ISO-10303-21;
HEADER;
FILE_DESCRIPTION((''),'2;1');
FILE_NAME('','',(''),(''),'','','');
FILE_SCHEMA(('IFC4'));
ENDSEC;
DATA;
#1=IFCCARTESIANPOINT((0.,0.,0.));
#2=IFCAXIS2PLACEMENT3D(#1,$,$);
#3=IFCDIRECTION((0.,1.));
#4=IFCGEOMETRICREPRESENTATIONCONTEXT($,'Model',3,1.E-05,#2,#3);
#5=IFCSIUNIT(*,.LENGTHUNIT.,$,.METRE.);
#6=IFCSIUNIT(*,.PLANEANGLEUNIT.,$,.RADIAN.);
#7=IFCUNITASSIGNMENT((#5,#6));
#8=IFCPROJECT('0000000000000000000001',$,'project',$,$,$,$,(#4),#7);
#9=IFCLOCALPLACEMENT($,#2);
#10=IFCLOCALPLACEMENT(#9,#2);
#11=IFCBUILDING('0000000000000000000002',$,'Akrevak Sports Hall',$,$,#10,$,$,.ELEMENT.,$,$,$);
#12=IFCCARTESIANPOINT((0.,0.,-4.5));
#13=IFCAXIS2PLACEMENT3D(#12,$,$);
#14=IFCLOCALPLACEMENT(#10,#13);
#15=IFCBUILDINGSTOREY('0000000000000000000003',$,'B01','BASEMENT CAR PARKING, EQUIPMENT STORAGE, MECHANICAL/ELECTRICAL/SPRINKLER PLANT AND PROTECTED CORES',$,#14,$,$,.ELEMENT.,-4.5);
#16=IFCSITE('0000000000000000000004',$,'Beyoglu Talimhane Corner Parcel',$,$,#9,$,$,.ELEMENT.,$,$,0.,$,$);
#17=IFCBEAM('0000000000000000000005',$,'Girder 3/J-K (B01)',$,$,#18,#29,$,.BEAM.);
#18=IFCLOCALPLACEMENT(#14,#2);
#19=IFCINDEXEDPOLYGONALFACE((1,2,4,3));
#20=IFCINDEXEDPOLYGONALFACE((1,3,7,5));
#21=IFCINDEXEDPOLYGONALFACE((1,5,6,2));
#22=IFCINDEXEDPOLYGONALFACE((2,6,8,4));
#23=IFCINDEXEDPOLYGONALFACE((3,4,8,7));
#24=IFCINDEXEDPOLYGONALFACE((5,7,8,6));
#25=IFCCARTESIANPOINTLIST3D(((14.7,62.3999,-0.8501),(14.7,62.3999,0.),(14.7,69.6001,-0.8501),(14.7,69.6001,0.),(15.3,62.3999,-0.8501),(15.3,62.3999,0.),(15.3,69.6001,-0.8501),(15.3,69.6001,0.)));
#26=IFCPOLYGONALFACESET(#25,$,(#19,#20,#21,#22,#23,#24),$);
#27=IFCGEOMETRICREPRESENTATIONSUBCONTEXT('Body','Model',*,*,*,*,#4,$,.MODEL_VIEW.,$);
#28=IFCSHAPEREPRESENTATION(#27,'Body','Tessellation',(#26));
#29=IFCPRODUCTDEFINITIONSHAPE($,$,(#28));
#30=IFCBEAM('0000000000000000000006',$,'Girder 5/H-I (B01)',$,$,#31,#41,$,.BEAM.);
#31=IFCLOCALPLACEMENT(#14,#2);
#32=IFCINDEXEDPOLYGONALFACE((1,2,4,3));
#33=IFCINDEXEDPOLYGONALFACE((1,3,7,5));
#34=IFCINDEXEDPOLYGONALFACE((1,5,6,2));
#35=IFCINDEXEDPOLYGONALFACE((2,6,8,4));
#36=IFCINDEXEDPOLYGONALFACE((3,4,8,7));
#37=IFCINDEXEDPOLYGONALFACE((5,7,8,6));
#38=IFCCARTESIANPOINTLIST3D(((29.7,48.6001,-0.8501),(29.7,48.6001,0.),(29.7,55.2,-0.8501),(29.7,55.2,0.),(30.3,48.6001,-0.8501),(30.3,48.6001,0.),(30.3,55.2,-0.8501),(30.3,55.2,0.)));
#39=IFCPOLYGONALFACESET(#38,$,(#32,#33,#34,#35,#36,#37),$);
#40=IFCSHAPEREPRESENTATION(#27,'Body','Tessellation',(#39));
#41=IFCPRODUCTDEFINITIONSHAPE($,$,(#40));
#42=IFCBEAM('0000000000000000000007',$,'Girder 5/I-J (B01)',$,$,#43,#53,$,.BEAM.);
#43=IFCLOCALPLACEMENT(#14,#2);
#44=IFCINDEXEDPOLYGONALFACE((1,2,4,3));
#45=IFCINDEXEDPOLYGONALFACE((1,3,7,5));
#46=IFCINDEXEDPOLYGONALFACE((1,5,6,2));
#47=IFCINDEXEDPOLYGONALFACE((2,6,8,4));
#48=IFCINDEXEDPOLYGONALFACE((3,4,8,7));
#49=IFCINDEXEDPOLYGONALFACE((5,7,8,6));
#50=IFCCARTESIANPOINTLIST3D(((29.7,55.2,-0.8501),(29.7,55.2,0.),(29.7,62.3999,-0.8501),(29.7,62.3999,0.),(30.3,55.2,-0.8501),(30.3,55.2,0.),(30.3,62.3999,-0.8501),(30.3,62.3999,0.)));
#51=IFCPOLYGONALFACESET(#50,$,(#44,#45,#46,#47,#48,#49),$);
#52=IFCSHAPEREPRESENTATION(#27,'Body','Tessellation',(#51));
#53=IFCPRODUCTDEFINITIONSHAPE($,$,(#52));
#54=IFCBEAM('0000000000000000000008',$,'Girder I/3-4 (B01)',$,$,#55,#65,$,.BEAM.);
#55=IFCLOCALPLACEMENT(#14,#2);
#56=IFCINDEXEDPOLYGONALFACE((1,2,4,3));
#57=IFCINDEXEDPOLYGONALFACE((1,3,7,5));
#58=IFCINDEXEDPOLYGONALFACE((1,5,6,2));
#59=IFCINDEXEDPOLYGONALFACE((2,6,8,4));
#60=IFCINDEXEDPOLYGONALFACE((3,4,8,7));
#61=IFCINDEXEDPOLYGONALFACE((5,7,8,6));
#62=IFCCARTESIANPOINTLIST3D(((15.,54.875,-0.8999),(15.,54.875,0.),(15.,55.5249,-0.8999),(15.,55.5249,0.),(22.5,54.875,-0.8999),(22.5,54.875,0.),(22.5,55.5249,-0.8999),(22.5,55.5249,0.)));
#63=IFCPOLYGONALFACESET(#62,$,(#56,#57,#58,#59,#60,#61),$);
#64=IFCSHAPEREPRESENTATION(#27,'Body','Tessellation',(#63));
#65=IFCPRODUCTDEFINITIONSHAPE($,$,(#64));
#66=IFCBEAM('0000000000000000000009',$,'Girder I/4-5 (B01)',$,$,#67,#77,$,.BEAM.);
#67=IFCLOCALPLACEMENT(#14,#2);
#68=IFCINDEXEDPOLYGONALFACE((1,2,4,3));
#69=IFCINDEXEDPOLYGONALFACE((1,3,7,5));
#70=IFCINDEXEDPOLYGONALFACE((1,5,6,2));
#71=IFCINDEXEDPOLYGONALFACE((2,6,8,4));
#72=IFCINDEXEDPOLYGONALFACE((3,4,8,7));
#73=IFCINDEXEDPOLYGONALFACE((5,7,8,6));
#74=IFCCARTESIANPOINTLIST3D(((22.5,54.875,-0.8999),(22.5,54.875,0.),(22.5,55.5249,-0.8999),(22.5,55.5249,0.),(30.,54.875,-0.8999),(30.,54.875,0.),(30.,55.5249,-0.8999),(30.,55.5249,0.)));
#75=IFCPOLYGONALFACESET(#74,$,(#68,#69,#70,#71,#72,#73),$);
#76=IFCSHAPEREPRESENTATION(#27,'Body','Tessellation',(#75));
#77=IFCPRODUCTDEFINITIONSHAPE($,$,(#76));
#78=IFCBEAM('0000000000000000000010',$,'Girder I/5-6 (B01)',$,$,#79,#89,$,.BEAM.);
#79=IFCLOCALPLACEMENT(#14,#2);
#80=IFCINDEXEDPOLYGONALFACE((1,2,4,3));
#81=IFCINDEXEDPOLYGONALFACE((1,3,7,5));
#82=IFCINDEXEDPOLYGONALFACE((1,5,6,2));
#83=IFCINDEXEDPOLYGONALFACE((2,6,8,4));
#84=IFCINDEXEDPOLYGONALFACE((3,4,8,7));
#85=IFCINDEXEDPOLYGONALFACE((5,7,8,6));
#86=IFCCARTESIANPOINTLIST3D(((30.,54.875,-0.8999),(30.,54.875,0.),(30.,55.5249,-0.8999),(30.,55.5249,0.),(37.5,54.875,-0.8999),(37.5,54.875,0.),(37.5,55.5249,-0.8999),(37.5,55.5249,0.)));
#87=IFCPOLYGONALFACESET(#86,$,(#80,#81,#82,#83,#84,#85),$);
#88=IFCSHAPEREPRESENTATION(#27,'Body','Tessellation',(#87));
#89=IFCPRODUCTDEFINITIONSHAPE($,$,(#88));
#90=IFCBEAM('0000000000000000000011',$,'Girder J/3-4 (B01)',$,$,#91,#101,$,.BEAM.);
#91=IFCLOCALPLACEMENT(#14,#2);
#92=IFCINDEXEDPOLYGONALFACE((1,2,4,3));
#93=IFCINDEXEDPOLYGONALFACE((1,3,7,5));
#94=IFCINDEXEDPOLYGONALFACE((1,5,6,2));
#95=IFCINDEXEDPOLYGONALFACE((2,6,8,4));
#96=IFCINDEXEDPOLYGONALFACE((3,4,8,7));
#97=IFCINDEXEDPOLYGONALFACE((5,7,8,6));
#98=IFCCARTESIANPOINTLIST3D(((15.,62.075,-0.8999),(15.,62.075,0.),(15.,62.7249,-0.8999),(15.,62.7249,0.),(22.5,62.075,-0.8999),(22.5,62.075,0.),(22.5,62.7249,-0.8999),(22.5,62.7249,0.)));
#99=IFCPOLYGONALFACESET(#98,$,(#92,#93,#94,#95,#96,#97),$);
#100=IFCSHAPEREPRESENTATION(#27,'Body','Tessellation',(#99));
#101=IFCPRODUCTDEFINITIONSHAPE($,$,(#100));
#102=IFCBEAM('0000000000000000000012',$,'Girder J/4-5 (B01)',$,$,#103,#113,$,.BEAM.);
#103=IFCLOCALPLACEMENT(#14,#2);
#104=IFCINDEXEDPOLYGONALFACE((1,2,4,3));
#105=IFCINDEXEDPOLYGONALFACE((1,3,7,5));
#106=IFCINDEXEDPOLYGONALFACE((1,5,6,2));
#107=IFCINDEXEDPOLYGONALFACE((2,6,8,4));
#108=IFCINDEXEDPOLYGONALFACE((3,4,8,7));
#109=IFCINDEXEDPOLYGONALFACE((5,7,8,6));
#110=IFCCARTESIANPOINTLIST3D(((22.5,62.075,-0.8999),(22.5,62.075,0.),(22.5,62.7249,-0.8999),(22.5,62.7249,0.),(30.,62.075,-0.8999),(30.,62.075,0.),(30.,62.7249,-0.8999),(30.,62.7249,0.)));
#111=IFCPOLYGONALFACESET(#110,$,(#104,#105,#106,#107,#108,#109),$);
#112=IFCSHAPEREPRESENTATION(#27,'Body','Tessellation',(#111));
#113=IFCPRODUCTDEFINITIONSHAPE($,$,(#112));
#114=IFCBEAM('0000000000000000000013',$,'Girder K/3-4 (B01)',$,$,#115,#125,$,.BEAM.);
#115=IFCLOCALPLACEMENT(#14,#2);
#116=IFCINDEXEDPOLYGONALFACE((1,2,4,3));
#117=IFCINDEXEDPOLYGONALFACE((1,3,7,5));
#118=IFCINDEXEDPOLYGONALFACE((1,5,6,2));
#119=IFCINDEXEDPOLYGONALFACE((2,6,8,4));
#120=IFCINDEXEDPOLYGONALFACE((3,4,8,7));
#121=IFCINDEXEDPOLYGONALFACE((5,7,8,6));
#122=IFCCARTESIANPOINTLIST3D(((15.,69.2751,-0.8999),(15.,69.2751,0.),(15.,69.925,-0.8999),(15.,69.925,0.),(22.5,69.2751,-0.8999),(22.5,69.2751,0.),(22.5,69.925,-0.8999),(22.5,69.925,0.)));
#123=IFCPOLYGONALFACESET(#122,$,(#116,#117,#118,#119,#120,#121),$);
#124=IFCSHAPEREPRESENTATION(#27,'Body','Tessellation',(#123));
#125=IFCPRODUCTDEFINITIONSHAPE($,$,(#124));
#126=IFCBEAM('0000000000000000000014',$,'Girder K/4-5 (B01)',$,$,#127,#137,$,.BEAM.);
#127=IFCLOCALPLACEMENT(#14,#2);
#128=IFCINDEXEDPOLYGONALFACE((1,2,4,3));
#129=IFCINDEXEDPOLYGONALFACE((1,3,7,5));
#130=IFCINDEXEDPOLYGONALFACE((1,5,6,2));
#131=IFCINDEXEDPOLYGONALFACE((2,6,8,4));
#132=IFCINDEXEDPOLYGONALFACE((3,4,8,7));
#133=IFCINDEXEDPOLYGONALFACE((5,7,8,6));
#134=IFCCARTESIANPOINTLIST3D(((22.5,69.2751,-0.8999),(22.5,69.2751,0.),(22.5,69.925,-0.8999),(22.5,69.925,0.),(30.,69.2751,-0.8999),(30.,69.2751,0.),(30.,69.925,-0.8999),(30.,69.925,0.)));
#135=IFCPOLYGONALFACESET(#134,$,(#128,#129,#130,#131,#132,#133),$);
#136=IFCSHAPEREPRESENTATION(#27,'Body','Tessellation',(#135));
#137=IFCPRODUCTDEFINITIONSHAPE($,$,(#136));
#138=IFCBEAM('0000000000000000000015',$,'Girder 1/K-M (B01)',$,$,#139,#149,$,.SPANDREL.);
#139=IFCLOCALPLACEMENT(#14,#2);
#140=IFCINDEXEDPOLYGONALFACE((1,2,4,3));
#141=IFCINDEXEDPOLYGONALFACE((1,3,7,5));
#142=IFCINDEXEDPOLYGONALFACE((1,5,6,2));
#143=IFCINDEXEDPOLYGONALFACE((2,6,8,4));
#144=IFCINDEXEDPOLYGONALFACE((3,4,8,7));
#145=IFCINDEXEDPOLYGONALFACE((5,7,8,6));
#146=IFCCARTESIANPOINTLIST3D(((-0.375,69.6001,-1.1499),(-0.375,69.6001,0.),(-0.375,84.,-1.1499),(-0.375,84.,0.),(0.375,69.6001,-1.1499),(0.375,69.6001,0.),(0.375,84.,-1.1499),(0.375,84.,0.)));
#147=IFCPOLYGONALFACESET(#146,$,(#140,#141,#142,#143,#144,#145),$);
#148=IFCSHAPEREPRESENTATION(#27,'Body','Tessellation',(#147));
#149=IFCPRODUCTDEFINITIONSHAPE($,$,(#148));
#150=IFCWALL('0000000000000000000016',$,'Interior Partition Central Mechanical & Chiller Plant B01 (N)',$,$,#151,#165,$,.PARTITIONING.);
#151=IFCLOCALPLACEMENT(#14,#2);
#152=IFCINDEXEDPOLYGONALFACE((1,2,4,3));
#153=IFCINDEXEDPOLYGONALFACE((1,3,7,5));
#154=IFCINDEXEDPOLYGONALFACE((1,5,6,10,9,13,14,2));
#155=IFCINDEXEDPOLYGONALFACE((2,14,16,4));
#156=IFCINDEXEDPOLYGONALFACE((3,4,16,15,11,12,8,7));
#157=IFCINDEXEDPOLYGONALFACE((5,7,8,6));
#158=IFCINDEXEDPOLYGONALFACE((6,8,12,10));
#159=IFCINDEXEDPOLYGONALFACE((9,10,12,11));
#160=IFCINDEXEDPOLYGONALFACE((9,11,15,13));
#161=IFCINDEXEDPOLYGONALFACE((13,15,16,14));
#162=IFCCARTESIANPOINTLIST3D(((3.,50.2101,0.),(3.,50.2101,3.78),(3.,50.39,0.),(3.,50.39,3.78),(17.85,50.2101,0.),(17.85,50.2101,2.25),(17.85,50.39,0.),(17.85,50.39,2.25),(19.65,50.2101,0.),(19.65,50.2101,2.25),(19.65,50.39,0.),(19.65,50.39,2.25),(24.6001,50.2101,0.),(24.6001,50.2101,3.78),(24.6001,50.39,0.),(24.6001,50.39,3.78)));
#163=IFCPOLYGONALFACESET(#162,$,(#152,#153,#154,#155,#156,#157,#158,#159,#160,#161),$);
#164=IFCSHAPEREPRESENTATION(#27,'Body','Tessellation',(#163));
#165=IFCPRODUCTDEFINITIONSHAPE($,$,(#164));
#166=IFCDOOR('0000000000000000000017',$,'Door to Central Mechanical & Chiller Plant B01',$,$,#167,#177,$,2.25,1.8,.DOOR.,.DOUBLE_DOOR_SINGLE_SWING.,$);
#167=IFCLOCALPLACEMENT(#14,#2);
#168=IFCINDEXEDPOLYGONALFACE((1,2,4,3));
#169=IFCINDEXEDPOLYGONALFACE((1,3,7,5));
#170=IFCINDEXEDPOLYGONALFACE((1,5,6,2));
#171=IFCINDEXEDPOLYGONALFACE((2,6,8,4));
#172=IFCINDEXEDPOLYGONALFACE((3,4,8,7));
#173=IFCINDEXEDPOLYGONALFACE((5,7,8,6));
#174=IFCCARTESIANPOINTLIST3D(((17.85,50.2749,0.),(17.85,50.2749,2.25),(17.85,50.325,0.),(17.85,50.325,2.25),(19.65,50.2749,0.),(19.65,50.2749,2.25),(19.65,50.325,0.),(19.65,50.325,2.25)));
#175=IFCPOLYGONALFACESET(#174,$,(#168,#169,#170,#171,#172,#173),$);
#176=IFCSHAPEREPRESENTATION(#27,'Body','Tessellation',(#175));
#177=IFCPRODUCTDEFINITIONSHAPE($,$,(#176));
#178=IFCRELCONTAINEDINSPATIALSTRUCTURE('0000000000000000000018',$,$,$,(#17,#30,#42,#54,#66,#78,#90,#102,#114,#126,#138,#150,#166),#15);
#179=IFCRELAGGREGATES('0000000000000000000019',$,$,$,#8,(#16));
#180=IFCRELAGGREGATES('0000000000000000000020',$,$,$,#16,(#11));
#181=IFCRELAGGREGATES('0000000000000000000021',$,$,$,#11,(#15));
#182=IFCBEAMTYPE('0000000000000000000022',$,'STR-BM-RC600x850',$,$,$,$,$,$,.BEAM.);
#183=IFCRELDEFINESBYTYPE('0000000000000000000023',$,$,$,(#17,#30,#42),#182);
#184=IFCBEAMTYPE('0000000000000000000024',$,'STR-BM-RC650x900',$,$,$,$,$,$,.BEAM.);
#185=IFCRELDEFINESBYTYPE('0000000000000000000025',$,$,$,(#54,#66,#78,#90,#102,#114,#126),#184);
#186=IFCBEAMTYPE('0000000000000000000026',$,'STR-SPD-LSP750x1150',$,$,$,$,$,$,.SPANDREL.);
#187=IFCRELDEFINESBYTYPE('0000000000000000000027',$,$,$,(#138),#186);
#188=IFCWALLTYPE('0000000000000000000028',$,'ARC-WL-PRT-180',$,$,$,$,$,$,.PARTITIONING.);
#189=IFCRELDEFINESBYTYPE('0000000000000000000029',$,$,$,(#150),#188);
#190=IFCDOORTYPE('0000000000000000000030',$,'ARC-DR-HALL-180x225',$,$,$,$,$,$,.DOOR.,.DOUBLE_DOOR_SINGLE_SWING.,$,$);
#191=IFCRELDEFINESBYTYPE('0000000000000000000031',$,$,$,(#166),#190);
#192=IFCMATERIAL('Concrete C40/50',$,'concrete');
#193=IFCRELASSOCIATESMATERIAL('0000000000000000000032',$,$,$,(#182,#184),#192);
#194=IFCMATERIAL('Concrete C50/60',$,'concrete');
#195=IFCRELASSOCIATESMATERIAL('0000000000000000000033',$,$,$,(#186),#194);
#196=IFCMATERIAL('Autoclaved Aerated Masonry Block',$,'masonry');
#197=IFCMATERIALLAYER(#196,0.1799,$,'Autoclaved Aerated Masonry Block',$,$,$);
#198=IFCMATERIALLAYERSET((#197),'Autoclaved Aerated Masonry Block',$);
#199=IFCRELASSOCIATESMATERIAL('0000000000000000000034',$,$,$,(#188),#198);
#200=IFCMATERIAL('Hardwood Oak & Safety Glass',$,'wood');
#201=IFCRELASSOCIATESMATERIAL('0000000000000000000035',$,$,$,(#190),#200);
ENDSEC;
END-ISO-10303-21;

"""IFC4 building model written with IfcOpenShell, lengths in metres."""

from ifc_helpers import new_model, si_unit, direction, frame, frame_2d, origin, origin_2d, place, context, subcontext, project, spatial, rectangle, extrude, material, layer, layer_set, material_profile, profile_set, type_object, element, fill, save


model = new_model("IFC4")

# Units and contexts
model_context = context("Model", 3, precision=1e-05, world=origin(), true_north=direction((0.0, 1.0)))
body_context = subcontext(model_context, "Body", "Model", "MODEL_VIEW")
ifc_project = project(units=[si_unit("LENGTHUNIT", "METRE"), si_unit("PLANEANGLEUNIT", "RADIAN")], contexts=[model_context])

# Site, building, storey
site_placement = place(None, origin())
site = spatial("IfcSite", under=ifc_project, at=site_placement, Name="Beyoglu Talimhane Corner Parcel", CompositionType="ELEMENT", RefElevation=0.0)
building_placement = place(site_placement, origin())
building = spatial("IfcBuilding", under=site, at=building_placement, Name="Akrevak Sports Hall", CompositionType="ELEMENT")
storey_placement = place(building_placement, frame((0.0, 0.0, -4.5)))
storey = spatial("IfcBuildingStorey", under=building, at=storey_placement, Name="B01", Description="BASEMENT CAR PARKING, EQUIPMENT STORAGE, MECHANICAL/ELECTRICAL/SPRINKLER PLANT AND PROTECTED CORES", CompositionType="ELEMENT", Elevation=-4.5)

# Shared definitions
ifc_material_1 = material(Name="Concrete C40/50", Category="concrete")
ifc_material_2 = material(Name="Concrete C50/60", Category="concrete")

# Beams
ifc_material_profile_1 = material_profile(ifc_material_1, rectangle(XDim=0.6001, YDim=0.8501, at=origin_2d()), Name="BM 600x850", Category="concrete")
ifc_profile_set_1 = profile_set([ifc_material_profile_1], Name="Concrete C40/50")
beam_type_1 = type_object("IfcBeamType", Name="STR-BM-RC600x850", PredefinedType="BEAM", material=ifc_profile_set_1)
beam_1_placement = place(storey_placement, frame((15.0, 62.3999, -0.425), z_axis=(0.0, 1.0, 0.0), x_axis=(-1.0, 0.0, 0.0)))
element("IfcBeam", 1, at=beam_1_placement, inside=storey, type_object=beam_type_1, Name="Girder 3/J-K (B01)", PredefinedType="BEAM", context=body_context, shape_type="SweptSolid", body=[
    extrude(rectangle(XDim=0.6001, YDim=0.8501, at=origin_2d()), origin(), (0.0, 0.0, 1.0), 7.2002),
])
beam_2_placement = place(storey_placement, frame((30.0, 48.6001, -0.425), z_axis=(0.0, 1.0, 0.0), x_axis=(-1.0, 0.0, 0.0)))
element("IfcBeam", 2, at=beam_2_placement, inside=storey, type_object=beam_type_1, Name="Girder 5/H-I (B01)", PredefinedType="BEAM", context=body_context, shape_type="SweptSolid", body=[
    extrude(rectangle(XDim=0.6001, YDim=0.8501, at=origin_2d()), origin(), (0.0, 0.0, 1.0), 6.5999),
])
beam_3_placement = place(storey_placement, frame((30.0, 55.2, -0.425), z_axis=(0.0, 1.0, 0.0), x_axis=(-1.0, 0.0, 0.0)))
element("IfcBeam", 3, at=beam_3_placement, inside=storey, type_object=beam_type_1, Name="Girder 5/I-J (B01)", PredefinedType="BEAM", context=body_context, shape_type="SweptSolid", body=[
    extrude(rectangle(XDim=0.6001, YDim=0.8501, at=origin_2d()), origin(), (0.0, 0.0, 1.0), 7.2),
])
ifc_material_profile_2 = material_profile(ifc_material_1, rectangle(XDim=0.6499, YDim=0.8999, at=origin_2d()), Name="BM 650x900", Category="concrete")
ifc_profile_set_2 = profile_set([ifc_material_profile_2], Name="Concrete C40/50")
beam_type_2 = type_object("IfcBeamType", Name="STR-BM-RC650x900", PredefinedType="BEAM", material=ifc_profile_set_2)
for number, where, z_axis, x_axis, name in (
    (4, (15.0, 55.2, -0.45), (1.0, 0.0, 0.0), (0.0, 1.0, 0.0), "Girder I/3-4 (B01)"),
    (5, (22.5, 55.2, -0.45), (1.0, 0.0, 0.0), (0.0, 1.0, 0.0), "Girder I/4-5 (B01)"),
    (6, (30.0, 55.2, -0.45), (1.0, 0.0, 0.0), (0.0, 1.0, 0.0), "Girder I/5-6 (B01)"),
    (7, (15.0, 62.3999, -0.45), (1.0, 0.0, 0.0), (0.0, 1.0, 0.0), "Girder J/3-4 (B01)"),
    (8, (22.5, 62.3999, -0.45), (1.0, 0.0, 0.0), (0.0, 1.0, 0.0), "Girder J/4-5 (B01)"),
    (9, (15.0, 69.6001, -0.45), (1.0, 0.0, 0.0), (0.0, 1.0, 0.0), "Girder K/3-4 (B01)"),
    (10, (22.5, 69.6001, -0.45), (1.0, 0.0, 0.0), (0.0, 1.0, 0.0), "Girder K/4-5 (B01)"),
):
    element("IfcBeam", number, at=place(storey_placement, frame(where, z_axis=z_axis, x_axis=x_axis)), inside=storey, type_object=beam_type_2, Name=name, PredefinedType="BEAM", context=body_context, shape_type="SweptSolid", body=[
        extrude(rectangle(XDim=0.6499, YDim=0.8999, at=origin_2d()), origin(), (0.0, 0.0, 1.0), 7.5),
    ])
ifc_material_profile_3 = material_profile(ifc_material_2, rectangle(XDim=0.75, YDim=1.1499, at=origin_2d()), Name="SPD 750x1150", Category="concrete")
ifc_profile_set_3 = profile_set([ifc_material_profile_3], Name="Concrete C50/60")
beam_type_3 = type_object("IfcBeamType", Name="STR-SPD-LSP750x1150", PredefinedType="SPANDREL", material=ifc_profile_set_3)
beam_4_placement = place(storey_placement, frame((0.0, 69.6001, -0.575), z_axis=(0.0, 1.0, 0.0), x_axis=(-1.0, 0.0, 0.0)))
element("IfcBeam", 11, at=beam_4_placement, inside=storey, type_object=beam_type_3, Name="Girder 1/K-M (B01)", PredefinedType="SPANDREL", context=body_context, shape_type="SweptSolid", body=[
    extrude(rectangle(XDim=0.75, YDim=1.1499, at=origin_2d()), origin(), (0.0, 0.0, 1.0), 14.3999),
])

# Wall, opening, door
ifc_material_3 = material(Name="Autoclaved Aerated Masonry Block", Category="masonry")
ifc_layer = layer(ifc_material_3, 0.1799, Name="Autoclaved Aerated Masonry Block")
ifc_layer_set = layer_set([ifc_layer], Name="Autoclaved Aerated Masonry Block")
wall_type = type_object("IfcWallType", Name="ARC-WL-PRT-180", PredefinedType="PARTITIONING", material=ifc_layer_set)
wall_placement = place(storey_placement, frame((3.0, 50.3, 0.0), z_axis=(0.0, 0.0, 1.0), x_axis=(1.0, 0.0, 0.0)))
wall = element("IfcWall", 12, at=wall_placement, inside=storey, type_object=wall_type, Name="Interior Partition Central Mechanical & Chiller Plant B01 (N)", PredefinedType="PARTITIONING", context=body_context, shape_type="SweptSolid", body=[
    extrude(rectangle(XDim=21.6001, YDim=0.1799, at=frame_2d((10.8, 0.0))), origin(), (0.0, 0.0, 1.0), 3.78),
])
opening_placement = place(wall_placement, frame((14.8501, 0.0, 0.0)))
opening = element("IfcOpeningElement", 13, at=opening_placement, cuts=wall, PredefinedType="OPENING", context=body_context, shape_type="SweptSolid", body=[
    extrude(rectangle(XDim=1.8, YDim=2.25, at=frame_2d((0.8999, 1.125))), frame((0.0, 0.1021, 0.0), z_axis=(0.0, -1.0, 0.0), x_axis=(1.0, 0.0, 0.0)), (0.0, 0.0, 1.0), 0.2039),
])
ifc_material_4 = material(Name="Hardwood Oak & Safety Glass", Category="wood")
door_type = type_object("IfcDoorType", Name="ARC-DR-HALL-180x225", OperationType="DOUBLE_DOOR_SINGLE_SWING", PredefinedType="DOOR", material=ifc_material_4)
door_placement = place(opening_placement, origin())
door = element("IfcDoor", 14, at=door_placement, inside=storey, type_object=door_type, Name="Door to Central Mechanical & Chiller Plant B01", OperationType="DOUBLE_DOOR_SINGLE_SWING", OverallHeight=2.25, OverallWidth=1.8, PredefinedType="DOOR", context=body_context, shape_type="SweptSolid", body=[
    extrude(rectangle(XDim=1.8, YDim=2.25, at=frame_2d((0.8999, 1.125))), frame((0.0, 0.0249, 0.0), z_axis=(0.0, -1.0, 0.0), x_axis=(1.0, 0.0, 0.0)), (0.0, 0.0, 1.0), 0.05),
])
fill(opening, door)

save(model, "model.ifc")
